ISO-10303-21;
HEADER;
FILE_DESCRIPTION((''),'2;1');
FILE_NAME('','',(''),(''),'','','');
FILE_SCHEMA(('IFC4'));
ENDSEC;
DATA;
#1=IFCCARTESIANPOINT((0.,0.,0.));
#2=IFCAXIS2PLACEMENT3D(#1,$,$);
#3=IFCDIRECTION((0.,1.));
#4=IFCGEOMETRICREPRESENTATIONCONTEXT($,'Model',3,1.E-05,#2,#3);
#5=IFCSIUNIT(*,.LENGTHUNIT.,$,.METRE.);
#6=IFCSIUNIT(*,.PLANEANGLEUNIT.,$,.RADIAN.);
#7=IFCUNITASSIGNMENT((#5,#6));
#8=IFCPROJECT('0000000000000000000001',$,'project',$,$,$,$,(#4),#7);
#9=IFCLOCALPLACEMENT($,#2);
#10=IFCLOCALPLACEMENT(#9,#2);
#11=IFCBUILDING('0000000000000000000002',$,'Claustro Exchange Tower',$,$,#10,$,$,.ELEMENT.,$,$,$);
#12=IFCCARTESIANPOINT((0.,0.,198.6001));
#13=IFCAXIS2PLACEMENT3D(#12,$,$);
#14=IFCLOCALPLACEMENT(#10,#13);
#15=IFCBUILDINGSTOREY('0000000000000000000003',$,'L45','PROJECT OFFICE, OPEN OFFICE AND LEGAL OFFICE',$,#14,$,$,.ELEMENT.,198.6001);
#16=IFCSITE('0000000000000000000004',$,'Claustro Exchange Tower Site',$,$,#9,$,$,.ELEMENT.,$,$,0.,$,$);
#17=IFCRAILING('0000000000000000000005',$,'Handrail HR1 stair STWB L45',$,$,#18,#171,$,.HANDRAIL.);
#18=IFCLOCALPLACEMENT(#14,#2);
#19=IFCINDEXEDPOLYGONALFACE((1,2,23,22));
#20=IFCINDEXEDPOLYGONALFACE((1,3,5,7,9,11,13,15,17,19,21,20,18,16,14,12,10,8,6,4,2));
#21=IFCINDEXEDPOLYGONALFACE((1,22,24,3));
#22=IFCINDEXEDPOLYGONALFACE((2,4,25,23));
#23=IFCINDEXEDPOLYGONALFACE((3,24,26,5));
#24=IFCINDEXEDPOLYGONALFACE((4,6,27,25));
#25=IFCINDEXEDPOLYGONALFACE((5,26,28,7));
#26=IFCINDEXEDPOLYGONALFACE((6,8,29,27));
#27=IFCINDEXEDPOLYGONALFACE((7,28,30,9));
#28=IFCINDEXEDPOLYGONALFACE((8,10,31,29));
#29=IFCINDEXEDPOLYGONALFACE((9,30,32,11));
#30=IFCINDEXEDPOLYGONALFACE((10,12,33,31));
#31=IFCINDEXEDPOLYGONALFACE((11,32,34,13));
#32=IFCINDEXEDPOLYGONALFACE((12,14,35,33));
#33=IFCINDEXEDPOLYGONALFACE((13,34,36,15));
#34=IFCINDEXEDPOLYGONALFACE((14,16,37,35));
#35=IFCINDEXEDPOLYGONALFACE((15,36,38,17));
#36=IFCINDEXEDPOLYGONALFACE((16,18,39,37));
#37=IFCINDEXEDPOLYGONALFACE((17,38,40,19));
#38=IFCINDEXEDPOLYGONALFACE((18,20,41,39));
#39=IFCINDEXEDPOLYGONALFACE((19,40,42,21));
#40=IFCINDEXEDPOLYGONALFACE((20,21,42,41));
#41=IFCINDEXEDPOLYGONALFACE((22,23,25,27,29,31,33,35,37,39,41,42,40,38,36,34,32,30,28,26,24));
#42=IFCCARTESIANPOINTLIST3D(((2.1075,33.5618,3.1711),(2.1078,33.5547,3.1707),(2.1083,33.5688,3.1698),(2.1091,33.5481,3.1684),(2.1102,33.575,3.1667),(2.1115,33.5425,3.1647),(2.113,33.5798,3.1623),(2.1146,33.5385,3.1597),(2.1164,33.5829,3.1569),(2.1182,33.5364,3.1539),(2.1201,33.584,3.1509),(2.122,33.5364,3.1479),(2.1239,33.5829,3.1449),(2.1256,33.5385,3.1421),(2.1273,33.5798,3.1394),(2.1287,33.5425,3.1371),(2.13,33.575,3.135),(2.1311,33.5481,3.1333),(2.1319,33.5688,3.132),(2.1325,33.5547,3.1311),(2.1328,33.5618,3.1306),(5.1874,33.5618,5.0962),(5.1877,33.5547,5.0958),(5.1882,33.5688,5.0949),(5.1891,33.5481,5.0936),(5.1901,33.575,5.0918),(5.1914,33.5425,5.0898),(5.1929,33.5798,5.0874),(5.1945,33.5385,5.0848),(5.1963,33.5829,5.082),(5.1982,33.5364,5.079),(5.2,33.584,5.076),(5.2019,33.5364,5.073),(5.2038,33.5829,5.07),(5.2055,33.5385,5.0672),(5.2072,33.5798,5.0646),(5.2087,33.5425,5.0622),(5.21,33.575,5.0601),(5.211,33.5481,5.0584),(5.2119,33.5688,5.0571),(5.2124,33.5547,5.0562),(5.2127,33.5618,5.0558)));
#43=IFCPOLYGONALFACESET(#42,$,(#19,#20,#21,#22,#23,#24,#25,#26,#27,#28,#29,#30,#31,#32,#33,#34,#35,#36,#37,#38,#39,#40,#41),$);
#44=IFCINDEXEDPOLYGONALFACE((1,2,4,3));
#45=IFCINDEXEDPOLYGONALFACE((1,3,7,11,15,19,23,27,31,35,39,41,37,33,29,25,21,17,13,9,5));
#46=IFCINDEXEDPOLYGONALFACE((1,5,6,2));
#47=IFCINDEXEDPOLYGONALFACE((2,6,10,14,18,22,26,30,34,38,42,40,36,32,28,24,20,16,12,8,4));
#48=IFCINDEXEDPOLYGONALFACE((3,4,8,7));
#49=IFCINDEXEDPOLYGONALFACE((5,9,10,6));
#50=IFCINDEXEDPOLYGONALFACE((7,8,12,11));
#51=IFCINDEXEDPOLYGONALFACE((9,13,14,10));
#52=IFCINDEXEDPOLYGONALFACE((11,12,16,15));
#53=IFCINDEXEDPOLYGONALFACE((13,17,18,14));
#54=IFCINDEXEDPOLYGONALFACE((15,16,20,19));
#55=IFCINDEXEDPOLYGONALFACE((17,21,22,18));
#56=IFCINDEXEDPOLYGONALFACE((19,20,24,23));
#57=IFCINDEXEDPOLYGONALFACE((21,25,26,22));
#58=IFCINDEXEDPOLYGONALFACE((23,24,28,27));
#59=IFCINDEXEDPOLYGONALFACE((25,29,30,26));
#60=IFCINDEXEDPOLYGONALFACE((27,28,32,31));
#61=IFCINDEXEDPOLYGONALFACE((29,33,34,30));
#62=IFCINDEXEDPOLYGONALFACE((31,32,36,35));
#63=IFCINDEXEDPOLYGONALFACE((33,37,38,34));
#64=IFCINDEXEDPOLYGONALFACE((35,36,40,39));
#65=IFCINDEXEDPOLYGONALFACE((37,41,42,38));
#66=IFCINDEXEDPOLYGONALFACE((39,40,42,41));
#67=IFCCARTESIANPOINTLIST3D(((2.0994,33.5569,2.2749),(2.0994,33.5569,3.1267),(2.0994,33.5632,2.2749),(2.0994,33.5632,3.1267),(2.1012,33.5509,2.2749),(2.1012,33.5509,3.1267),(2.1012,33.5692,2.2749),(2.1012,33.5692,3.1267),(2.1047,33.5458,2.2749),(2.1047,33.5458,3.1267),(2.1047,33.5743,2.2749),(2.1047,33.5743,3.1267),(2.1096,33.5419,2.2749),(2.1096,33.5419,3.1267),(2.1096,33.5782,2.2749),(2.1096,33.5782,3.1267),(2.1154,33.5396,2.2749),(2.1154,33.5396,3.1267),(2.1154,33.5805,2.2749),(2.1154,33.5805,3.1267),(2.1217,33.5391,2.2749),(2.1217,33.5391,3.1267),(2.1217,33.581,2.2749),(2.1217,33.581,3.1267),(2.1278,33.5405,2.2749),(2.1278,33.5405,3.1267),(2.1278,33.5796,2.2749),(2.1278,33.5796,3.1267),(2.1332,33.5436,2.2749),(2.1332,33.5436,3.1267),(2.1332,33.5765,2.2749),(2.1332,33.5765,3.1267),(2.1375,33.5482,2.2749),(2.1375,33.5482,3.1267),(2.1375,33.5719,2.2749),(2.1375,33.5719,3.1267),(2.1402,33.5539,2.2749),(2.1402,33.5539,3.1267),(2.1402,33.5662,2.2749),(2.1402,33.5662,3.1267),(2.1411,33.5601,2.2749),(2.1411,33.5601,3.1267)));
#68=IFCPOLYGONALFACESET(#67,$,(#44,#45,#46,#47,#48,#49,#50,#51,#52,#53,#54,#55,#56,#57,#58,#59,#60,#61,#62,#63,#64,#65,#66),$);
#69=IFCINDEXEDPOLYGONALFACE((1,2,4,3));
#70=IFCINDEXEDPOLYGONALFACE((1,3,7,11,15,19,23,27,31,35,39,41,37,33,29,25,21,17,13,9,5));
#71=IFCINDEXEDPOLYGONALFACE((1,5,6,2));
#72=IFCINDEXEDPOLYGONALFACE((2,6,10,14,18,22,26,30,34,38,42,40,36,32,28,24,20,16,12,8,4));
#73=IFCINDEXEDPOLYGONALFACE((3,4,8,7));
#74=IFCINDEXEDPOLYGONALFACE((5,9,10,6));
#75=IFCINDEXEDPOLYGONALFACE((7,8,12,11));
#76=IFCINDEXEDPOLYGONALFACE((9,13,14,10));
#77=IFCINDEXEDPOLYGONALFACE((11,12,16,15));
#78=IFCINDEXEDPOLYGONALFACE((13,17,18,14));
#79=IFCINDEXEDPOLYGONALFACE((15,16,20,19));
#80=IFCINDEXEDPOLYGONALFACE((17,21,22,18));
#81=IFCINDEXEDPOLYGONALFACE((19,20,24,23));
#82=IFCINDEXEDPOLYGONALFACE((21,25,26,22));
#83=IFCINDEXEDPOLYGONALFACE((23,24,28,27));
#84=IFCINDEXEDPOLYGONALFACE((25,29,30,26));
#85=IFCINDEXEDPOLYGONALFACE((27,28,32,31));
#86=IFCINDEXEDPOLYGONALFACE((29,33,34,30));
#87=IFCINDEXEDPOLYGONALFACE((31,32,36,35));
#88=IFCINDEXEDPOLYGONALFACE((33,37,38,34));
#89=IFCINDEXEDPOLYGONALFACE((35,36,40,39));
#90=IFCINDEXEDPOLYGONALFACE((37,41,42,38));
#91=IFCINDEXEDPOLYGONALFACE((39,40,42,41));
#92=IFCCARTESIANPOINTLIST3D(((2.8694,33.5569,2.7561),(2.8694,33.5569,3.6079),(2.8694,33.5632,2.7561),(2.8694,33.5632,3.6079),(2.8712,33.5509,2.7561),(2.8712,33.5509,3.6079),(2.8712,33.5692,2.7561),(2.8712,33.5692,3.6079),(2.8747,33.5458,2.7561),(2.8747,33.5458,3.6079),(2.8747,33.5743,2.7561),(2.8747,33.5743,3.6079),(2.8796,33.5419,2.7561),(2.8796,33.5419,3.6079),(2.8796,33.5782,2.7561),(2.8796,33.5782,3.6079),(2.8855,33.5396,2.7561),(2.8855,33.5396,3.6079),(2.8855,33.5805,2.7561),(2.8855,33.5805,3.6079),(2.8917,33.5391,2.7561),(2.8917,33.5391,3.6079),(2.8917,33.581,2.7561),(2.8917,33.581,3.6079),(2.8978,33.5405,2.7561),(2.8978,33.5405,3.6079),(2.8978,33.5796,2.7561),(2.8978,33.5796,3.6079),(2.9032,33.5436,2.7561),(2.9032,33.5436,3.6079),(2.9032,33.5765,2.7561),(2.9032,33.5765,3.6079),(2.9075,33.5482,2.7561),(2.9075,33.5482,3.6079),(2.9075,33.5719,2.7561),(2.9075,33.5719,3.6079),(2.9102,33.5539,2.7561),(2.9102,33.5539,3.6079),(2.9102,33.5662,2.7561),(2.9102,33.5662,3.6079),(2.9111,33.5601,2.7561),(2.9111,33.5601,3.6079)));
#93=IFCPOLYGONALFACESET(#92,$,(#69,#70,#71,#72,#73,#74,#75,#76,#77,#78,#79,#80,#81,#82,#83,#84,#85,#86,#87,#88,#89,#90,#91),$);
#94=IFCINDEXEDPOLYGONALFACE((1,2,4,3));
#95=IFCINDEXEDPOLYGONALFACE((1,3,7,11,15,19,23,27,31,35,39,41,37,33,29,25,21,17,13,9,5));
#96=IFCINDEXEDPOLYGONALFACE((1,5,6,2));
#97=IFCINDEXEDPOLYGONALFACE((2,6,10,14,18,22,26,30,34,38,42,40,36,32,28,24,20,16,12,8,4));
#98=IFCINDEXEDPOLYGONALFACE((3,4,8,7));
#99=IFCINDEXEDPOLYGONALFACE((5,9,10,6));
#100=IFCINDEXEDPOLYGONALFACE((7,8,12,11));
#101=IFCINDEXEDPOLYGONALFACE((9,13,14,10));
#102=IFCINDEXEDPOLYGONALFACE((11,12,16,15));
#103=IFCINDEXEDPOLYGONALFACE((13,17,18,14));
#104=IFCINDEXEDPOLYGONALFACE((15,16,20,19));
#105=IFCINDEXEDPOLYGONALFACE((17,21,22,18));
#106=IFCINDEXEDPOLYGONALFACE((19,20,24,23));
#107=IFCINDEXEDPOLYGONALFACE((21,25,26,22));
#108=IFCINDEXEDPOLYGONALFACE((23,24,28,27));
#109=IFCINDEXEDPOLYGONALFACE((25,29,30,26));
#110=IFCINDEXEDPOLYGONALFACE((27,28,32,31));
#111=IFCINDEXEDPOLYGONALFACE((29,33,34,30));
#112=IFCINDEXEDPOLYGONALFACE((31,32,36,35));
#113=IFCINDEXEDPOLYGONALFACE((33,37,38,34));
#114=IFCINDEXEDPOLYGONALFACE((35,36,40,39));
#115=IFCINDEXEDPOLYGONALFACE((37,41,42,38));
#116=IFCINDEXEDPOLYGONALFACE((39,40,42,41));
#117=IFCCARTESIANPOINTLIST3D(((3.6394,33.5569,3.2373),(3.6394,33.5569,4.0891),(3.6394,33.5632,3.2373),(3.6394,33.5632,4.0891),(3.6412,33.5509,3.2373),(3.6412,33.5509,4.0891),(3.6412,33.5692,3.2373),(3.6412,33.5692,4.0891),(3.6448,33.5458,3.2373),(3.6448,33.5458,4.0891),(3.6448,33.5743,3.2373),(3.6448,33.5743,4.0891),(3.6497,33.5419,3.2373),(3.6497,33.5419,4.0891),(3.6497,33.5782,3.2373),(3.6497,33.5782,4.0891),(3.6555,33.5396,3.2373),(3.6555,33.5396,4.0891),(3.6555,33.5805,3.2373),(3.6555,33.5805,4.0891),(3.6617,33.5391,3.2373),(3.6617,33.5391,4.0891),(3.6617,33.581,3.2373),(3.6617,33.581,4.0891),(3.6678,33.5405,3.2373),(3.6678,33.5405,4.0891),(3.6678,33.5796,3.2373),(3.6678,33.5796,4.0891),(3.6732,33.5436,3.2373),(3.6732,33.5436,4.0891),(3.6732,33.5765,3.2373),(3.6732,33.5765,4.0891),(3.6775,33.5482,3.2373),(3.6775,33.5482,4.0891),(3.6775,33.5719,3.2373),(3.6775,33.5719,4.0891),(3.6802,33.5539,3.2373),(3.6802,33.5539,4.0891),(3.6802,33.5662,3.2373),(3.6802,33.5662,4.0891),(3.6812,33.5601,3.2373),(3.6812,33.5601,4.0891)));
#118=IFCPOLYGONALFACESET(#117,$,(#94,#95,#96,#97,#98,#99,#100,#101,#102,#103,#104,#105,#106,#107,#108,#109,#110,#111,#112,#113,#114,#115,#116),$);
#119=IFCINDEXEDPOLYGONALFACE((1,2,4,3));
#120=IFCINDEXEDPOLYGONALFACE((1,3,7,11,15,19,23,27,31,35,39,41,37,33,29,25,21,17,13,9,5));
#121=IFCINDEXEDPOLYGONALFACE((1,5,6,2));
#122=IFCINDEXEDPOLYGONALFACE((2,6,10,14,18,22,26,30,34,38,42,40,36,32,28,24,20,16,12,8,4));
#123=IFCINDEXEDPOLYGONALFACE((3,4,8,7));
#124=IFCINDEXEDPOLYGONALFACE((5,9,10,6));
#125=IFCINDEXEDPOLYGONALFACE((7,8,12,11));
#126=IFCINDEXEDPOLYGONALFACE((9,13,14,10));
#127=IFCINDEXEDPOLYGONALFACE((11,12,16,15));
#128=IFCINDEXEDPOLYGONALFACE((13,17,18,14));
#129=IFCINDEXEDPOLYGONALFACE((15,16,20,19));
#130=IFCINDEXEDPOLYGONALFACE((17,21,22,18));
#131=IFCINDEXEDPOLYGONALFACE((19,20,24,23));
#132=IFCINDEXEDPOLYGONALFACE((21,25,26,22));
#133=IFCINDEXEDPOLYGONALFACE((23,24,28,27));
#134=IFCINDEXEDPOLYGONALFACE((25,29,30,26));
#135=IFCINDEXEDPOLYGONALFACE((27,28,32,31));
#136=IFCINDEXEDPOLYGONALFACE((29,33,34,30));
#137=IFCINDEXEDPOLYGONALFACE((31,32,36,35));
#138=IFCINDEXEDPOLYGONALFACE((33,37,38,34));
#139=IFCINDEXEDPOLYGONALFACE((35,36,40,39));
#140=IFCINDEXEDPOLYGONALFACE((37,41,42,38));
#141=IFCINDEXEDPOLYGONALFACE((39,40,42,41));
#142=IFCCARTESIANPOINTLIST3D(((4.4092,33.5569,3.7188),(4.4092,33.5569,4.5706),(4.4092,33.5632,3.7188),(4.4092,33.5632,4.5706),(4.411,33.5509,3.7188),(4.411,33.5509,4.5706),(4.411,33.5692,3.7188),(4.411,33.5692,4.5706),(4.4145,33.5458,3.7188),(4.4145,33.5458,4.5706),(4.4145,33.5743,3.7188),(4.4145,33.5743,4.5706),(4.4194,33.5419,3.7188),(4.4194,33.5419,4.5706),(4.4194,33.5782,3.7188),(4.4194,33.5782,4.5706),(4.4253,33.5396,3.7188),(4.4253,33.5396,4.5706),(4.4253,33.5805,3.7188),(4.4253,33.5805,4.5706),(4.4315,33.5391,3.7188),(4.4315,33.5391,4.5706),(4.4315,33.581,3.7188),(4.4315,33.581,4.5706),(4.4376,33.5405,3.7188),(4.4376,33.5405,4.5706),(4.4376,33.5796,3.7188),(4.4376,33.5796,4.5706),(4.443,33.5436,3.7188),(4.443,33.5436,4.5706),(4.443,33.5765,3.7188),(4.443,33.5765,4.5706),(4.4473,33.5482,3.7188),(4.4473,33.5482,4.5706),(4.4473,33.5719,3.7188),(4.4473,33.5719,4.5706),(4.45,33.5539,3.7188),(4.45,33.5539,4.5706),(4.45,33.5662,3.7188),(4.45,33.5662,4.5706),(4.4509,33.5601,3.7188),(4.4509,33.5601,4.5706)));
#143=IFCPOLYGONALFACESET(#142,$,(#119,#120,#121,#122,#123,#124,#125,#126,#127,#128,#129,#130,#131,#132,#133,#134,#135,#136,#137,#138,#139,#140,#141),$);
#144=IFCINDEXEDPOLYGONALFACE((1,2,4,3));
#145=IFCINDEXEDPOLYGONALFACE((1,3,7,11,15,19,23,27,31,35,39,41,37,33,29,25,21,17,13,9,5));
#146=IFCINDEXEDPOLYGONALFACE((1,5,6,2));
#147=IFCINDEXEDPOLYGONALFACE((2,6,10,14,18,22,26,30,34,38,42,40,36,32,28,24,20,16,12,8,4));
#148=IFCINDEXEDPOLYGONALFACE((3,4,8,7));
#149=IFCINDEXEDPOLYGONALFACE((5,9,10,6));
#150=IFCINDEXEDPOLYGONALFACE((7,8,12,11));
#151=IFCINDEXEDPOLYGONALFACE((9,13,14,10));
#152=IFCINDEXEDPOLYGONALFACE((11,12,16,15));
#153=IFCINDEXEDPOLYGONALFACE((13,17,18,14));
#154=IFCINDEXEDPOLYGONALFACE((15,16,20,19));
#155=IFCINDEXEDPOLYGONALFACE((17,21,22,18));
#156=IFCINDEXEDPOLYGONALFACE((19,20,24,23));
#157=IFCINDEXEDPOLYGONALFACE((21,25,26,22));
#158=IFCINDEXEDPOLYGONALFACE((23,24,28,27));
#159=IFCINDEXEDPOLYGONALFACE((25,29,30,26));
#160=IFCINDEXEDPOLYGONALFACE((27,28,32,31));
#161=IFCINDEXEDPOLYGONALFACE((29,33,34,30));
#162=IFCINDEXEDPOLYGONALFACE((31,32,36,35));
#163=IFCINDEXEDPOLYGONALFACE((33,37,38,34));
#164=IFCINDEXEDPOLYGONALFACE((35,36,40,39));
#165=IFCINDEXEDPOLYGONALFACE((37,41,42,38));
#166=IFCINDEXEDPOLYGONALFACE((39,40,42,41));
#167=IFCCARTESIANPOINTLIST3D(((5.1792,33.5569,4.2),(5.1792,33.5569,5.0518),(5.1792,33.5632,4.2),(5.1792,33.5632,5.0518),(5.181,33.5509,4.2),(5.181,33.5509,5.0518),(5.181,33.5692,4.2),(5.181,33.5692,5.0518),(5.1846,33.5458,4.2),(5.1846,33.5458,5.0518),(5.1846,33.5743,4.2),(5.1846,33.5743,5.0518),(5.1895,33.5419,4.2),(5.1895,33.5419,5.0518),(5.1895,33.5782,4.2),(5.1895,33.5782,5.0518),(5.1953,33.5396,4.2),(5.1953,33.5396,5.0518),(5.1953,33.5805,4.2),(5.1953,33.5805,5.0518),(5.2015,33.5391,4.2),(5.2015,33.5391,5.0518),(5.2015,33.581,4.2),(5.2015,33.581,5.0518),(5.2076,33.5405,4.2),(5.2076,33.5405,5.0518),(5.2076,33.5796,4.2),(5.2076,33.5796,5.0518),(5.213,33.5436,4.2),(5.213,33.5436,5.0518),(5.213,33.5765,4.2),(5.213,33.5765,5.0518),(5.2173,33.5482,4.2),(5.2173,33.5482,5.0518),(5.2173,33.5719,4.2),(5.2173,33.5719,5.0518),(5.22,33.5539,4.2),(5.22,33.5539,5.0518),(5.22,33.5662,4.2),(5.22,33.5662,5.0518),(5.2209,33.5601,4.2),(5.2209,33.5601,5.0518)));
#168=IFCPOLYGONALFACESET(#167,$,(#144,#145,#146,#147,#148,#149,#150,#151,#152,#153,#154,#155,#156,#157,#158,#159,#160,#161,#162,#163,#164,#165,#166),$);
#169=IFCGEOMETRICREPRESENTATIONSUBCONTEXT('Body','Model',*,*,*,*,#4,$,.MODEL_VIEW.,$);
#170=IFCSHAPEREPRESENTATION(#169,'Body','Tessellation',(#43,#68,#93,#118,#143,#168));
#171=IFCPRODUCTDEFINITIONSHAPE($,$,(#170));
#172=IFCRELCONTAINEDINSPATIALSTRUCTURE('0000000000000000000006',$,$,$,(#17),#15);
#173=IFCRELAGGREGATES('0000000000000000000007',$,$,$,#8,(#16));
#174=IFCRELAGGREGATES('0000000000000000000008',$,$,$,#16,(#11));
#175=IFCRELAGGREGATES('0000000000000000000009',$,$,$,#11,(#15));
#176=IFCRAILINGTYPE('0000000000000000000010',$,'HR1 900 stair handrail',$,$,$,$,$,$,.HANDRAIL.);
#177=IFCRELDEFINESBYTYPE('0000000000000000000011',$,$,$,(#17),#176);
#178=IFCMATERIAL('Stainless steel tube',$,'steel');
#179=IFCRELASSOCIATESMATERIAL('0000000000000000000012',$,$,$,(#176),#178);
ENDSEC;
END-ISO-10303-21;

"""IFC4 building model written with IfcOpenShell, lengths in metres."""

from ifc_helpers import new_model, si_unit, direction, frame, origin, origin_2d, place, context, subcontext, project, spatial, circle, extrude, material, type_object, element, save


model = new_model("IFC4")

# Units and contexts
model_context = context("Model", 3, precision=1e-05, world=origin(), true_north=direction((0.0, 1.0)))
body_context = subcontext(model_context, "Body", "Model", "MODEL_VIEW")
ifc_project = project(units=[si_unit("LENGTHUNIT", "METRE"), si_unit("PLANEANGLEUNIT", "RADIAN")], contexts=[model_context])

# Site, building, storey
site_placement = place(None, origin())
site = spatial("IfcSite", under=ifc_project, at=site_placement, Name="Claustro Exchange Tower Site", CompositionType="ELEMENT", RefElevation=0.0)
building_placement = place(site_placement, origin())
building = spatial("IfcBuilding", under=site, at=building_placement, Name="Claustro Exchange Tower", CompositionType="ELEMENT")
storey_placement = place(building_placement, frame((0.0, 0.0, 198.6001)))
storey = spatial("IfcBuildingStorey", under=building, at=storey_placement, Name="L45", Description="PROJECT OFFICE, OPEN OFFICE AND LEGAL OFFICE", CompositionType="ELEMENT", Elevation=198.6001)

# Railing
ifc_material_1 = material(Name="Stainless steel tube", Category="steel")
railing_type_1 = type_object("IfcRailingType", Name="HR1 900 stair handrail", PredefinedType="HANDRAIL", material=ifc_material_1)
railing_1_placement = place(storey_placement, frame((2.1201, 33.5601, 2.2749)))
element("IfcRailing", 1, at=railing_1_placement, inside=storey, type_object=railing_type_1, Name="Handrail HR1 stair STWB L45", PredefinedType="HANDRAIL", context=body_context, shape_type="SweptSolid", body=[
    extrude(circle(Radius=0.0239, at=origin_2d()), frame((0.0, 0.0, 0.876), z_axis=(0.847979, 0.0, 0.530029), x_axis=(0.0, 1.0, 0.0)), (0.0, 0.0, 1.0), 3.6321),
    extrude(circle(Radius=0.021, at=origin_2d()), origin(), (0.0, 0.0, 1.0), 0.8518),
    extrude(circle(Radius=0.021, at=origin_2d()), frame((0.77, 0.0, 0.4812)), (0.0, 0.0, 1.0), 0.8518),
    extrude(circle(Radius=0.021, at=origin_2d()), frame((1.54, 0.0, 0.9624)), (0.0, 0.0, 1.0), 0.8518),
    extrude(circle(Radius=0.021, at=origin_2d()), frame((2.3098, 0.0, 1.4438)), (0.0, 0.0, 1.0), 0.8518),
    extrude(circle(Radius=0.021, at=origin_2d()), frame((3.0798, 0.0, 1.925)), (0.0, 0.0, 1.0), 0.8518),
])

save(model, "model.ifc")
